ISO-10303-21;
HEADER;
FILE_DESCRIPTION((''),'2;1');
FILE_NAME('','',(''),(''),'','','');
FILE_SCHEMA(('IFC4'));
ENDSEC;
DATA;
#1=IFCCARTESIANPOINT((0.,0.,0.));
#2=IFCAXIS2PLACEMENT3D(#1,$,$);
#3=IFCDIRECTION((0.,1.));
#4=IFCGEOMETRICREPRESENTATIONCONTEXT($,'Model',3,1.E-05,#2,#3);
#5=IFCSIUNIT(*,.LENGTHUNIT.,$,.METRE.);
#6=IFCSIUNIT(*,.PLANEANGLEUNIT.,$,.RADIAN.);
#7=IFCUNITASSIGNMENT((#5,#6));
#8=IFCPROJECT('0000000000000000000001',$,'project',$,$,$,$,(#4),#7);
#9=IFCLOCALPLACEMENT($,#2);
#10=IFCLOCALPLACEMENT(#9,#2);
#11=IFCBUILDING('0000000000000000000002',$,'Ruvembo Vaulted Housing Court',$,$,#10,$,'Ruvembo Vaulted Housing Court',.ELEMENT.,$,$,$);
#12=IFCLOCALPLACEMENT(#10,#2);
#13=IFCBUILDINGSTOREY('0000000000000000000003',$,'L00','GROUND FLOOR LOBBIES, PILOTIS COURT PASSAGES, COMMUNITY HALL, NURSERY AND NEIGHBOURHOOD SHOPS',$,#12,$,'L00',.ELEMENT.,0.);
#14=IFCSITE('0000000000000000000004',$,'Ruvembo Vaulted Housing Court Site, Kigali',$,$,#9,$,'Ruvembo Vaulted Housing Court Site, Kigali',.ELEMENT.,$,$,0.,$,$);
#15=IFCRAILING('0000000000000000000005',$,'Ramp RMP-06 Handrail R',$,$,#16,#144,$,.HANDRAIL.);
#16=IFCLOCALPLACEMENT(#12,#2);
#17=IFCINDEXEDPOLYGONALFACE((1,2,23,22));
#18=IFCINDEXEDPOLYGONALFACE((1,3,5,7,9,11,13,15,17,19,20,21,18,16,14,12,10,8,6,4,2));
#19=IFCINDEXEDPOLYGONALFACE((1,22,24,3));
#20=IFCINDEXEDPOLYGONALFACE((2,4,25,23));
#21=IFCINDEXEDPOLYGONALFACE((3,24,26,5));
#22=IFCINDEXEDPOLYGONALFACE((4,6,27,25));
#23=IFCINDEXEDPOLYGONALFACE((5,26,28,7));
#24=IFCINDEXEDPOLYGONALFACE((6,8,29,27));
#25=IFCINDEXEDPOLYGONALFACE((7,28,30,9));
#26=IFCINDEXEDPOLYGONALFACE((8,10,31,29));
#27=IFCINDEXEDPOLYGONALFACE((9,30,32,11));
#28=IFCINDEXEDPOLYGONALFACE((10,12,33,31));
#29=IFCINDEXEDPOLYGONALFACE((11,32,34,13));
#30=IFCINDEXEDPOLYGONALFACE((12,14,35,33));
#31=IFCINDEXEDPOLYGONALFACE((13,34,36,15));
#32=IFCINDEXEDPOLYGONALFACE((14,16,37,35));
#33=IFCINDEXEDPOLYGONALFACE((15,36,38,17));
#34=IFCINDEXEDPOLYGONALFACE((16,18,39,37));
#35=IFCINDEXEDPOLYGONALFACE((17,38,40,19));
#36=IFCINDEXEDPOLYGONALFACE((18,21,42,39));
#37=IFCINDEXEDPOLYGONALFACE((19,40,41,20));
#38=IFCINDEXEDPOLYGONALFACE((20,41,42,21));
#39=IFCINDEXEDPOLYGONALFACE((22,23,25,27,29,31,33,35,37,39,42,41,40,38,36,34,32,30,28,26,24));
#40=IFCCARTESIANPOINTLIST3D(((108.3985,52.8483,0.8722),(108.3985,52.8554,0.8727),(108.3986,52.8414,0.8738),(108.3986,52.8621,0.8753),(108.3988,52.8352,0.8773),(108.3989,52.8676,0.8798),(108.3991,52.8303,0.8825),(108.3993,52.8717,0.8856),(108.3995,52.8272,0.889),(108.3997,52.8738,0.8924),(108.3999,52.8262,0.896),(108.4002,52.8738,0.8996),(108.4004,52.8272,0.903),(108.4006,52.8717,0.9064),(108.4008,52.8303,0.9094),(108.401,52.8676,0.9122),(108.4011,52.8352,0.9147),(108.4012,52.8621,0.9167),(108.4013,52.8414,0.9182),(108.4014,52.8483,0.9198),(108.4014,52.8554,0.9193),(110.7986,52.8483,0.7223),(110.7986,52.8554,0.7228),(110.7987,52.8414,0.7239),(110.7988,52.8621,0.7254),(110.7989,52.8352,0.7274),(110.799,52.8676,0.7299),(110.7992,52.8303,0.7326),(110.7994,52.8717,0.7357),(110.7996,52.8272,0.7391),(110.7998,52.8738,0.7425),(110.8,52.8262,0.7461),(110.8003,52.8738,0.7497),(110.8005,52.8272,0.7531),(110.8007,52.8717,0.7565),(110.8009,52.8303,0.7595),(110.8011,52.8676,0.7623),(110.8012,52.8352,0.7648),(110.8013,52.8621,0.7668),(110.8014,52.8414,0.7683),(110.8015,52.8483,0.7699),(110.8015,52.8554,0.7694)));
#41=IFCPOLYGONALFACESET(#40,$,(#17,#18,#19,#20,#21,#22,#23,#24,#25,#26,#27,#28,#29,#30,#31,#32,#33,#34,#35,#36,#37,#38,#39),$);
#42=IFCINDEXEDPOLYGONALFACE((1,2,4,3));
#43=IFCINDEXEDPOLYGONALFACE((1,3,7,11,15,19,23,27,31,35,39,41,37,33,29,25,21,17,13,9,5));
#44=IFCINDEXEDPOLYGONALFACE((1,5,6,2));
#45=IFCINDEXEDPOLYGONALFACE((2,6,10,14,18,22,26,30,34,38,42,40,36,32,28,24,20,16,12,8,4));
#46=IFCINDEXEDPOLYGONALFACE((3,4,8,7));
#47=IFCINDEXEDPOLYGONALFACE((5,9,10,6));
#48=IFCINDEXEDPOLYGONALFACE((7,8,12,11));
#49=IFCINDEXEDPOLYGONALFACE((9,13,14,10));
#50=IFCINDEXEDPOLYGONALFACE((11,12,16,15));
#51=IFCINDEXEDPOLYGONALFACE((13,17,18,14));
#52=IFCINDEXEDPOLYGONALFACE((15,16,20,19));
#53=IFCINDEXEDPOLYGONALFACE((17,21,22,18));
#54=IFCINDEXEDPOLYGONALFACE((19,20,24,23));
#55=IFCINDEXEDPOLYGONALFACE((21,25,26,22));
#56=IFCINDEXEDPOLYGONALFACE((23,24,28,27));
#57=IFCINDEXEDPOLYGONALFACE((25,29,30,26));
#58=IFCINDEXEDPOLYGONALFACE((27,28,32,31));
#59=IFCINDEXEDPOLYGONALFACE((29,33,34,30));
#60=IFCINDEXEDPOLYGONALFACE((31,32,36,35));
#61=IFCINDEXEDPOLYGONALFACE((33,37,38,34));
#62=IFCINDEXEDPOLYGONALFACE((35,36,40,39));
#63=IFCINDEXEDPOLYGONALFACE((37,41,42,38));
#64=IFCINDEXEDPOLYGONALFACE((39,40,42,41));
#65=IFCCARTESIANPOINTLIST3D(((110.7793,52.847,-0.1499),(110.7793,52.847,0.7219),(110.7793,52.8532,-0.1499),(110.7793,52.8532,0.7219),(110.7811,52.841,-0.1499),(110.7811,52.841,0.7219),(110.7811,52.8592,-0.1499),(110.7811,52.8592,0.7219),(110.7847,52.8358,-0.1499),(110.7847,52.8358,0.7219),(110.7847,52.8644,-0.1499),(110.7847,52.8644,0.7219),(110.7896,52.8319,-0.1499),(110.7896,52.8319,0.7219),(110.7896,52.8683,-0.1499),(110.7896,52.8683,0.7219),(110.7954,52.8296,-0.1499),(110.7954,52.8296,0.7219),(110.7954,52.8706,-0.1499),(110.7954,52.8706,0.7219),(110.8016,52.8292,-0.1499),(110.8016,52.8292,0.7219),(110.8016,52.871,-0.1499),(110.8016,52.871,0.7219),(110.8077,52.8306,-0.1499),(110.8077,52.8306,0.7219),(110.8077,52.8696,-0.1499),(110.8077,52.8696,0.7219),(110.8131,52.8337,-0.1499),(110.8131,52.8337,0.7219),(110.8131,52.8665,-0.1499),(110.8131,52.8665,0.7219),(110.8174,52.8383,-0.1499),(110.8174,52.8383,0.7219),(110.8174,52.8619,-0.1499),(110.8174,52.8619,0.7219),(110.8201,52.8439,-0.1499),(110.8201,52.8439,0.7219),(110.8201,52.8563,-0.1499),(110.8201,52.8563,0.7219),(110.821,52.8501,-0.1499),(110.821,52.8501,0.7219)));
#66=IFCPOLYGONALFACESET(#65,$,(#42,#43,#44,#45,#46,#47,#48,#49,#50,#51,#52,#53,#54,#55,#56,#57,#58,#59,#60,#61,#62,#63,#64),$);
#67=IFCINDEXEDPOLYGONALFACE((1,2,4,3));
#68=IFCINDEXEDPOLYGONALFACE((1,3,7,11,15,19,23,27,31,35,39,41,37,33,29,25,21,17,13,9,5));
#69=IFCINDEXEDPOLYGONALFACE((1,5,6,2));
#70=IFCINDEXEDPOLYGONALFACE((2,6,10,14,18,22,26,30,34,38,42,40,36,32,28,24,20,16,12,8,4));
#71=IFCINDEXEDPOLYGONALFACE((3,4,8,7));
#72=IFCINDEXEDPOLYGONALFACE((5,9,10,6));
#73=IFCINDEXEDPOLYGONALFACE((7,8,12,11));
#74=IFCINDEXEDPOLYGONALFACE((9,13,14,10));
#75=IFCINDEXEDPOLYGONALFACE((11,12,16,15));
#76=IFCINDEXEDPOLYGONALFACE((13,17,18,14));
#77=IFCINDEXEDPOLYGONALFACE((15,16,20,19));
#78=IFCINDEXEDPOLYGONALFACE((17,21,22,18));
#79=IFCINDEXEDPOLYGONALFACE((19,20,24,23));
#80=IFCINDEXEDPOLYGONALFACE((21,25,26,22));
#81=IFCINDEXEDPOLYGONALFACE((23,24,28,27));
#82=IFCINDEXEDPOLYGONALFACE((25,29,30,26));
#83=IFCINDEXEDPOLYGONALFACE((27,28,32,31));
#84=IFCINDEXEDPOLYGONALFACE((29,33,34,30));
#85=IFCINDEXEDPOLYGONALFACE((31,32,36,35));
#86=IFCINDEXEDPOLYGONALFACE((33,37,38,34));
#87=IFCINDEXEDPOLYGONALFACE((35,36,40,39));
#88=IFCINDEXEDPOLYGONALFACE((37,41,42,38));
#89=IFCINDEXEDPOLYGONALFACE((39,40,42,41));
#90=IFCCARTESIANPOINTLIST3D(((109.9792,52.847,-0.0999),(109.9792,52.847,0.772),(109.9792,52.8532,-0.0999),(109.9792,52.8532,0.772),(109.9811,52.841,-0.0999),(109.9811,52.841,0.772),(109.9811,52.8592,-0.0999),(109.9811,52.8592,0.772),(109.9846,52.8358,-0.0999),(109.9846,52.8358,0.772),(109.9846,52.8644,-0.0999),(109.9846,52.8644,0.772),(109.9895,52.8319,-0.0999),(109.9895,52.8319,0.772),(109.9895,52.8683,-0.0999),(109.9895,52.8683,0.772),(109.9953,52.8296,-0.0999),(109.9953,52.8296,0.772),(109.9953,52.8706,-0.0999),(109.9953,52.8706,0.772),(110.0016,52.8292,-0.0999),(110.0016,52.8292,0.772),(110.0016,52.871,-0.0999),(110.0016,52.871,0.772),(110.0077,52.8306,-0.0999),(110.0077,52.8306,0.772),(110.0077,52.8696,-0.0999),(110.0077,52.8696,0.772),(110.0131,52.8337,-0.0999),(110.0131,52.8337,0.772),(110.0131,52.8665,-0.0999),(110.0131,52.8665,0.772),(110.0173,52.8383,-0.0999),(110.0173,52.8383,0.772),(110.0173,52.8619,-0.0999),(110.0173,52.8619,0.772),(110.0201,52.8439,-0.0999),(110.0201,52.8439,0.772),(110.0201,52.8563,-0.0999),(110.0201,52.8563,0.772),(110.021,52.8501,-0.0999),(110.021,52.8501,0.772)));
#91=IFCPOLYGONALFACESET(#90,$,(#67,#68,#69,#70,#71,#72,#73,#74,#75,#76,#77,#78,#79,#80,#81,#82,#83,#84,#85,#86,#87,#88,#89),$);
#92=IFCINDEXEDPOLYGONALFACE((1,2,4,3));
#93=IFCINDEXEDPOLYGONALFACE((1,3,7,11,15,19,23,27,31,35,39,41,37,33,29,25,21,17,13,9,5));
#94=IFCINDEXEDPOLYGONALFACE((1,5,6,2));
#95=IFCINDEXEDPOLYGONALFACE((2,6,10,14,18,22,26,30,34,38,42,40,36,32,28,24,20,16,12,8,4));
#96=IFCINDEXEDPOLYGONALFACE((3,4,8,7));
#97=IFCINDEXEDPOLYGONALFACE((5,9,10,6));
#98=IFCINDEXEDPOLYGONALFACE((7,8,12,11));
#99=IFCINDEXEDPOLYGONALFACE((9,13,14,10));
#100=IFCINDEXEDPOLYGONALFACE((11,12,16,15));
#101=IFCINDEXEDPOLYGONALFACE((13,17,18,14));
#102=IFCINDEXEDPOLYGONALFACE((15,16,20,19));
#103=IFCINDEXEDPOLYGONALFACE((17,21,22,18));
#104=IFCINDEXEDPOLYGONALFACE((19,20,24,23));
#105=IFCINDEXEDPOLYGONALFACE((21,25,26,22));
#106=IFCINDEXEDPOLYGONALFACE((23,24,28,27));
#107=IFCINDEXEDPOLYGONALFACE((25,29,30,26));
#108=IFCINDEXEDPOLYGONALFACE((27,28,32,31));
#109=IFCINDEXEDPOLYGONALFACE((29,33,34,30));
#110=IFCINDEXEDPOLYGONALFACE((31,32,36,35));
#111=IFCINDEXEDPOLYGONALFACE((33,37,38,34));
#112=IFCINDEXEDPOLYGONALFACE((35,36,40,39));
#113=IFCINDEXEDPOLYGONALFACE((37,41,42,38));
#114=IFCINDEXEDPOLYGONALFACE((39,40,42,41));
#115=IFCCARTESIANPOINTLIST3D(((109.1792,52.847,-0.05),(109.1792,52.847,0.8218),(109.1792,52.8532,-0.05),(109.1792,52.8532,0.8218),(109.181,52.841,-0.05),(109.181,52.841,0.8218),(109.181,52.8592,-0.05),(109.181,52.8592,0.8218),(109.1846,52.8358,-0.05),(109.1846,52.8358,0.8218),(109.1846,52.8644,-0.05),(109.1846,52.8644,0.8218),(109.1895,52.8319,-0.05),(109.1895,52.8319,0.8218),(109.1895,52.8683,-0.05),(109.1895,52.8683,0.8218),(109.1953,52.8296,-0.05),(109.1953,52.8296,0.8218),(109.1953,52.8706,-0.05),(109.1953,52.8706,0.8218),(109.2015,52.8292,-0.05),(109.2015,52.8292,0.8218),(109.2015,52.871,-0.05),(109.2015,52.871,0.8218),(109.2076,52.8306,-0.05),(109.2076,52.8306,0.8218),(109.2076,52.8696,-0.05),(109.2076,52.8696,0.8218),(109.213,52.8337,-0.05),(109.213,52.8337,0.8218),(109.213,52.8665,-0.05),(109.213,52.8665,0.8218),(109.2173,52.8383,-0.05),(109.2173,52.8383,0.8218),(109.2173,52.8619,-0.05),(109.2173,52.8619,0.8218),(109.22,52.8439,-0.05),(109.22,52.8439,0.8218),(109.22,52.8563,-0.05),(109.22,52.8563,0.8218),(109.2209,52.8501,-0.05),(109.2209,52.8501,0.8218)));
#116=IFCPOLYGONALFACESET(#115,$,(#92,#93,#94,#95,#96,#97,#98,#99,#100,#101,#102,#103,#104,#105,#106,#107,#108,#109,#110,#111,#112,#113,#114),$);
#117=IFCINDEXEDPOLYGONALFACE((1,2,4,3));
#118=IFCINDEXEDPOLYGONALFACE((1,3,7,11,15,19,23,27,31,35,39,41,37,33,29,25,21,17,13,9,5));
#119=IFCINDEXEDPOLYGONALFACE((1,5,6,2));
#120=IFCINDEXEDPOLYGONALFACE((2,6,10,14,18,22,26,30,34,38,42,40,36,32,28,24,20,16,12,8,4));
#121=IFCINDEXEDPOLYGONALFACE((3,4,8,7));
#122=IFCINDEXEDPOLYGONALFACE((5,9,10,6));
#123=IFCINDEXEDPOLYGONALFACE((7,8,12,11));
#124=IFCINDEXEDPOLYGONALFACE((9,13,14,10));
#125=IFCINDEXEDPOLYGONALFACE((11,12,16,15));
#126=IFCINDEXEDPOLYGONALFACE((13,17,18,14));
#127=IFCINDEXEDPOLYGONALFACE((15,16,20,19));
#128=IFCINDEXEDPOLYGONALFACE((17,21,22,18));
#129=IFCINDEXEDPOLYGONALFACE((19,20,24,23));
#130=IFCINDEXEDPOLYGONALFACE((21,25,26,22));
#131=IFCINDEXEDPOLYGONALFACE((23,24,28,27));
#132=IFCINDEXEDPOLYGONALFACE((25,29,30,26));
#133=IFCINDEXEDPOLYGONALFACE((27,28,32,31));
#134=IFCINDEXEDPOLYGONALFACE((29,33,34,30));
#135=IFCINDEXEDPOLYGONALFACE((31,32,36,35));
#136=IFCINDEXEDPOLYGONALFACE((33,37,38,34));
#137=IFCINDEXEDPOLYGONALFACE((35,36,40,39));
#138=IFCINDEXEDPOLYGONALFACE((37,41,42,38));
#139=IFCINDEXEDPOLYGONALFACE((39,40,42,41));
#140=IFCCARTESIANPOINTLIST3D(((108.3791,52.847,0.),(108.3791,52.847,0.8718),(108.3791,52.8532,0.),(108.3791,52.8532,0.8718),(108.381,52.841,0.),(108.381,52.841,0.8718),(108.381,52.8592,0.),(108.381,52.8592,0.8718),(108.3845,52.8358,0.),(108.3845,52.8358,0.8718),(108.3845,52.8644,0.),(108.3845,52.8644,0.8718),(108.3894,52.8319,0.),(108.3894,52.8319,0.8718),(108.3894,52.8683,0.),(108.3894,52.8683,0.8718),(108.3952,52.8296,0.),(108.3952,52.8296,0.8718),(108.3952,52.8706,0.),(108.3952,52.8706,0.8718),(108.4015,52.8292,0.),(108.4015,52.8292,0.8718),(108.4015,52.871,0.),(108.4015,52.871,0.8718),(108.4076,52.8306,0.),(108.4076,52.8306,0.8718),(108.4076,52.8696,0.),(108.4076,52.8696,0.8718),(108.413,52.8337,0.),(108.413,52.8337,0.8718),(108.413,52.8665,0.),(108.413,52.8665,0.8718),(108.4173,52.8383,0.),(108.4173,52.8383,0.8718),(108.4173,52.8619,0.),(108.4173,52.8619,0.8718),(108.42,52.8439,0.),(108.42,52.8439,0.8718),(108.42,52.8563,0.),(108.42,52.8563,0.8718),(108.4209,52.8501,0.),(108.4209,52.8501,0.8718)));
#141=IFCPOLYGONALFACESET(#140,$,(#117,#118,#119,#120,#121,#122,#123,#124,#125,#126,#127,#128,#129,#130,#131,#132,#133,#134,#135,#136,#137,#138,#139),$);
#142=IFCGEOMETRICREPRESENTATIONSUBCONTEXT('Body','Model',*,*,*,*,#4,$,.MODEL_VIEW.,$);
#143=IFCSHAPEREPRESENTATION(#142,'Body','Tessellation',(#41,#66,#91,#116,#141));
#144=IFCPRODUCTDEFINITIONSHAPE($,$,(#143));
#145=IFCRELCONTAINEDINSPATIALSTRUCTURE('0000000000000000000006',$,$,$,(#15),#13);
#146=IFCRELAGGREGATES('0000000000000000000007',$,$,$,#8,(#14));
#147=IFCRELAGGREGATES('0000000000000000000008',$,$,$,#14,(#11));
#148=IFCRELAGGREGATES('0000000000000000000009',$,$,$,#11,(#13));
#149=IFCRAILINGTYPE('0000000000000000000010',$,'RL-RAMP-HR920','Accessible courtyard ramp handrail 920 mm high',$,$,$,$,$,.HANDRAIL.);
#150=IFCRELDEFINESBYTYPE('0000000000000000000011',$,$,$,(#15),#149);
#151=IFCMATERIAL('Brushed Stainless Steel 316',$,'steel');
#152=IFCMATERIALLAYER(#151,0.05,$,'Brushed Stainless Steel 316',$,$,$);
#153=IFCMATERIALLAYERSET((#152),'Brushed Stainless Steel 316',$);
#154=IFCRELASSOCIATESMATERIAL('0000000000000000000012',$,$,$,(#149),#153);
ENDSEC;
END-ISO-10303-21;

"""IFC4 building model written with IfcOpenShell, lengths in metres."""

from ifc_helpers import new_model, si_unit, direction, frame, origin, origin_2d, place, context, subcontext, project, spatial, circle, extrude, material, layer, layer_set, type_object, element, save


model = new_model("IFC4")

# Units and contexts
model_context = context("Model", 3, precision=1e-05, world=origin(), true_north=direction((0.0, 1.0)))
body_context = subcontext(model_context, "Body", "Model", "MODEL_VIEW")
ifc_project = project(units=[si_unit("LENGTHUNIT", "METRE"), si_unit("PLANEANGLEUNIT", "RADIAN")], contexts=[model_context])

# Site, building, storey
site_placement = place(None, origin())
site = spatial("IfcSite", under=ifc_project, at=site_placement, Name="Ruvembo Vaulted Housing Court Site, Kigali", LongName="Ruvembo Vaulted Housing Court Site, Kigali", CompositionType="ELEMENT", RefElevation=0.0)
building_placement = place(site_placement, origin())
building = spatial("IfcBuilding", under=site, at=building_placement, Name="Ruvembo Vaulted Housing Court", LongName="Ruvembo Vaulted Housing Court", CompositionType="ELEMENT")
storey_placement = place(building_placement, origin())
storey = spatial("IfcBuildingStorey", under=building, at=storey_placement, Name="L00", Description="GROUND FLOOR LOBBIES, PILOTIS COURT PASSAGES, COMMUNITY HALL, NURSERY AND NEIGHBOURHOOD SHOPS", LongName="L00", CompositionType="ELEMENT", Elevation=0.0)

# Railing
ifc_material_1 = material(Name="Brushed Stainless Steel 316", Category="steel")
ifc_layer_1 = layer(ifc_material_1, 0.05, Name="Brushed Stainless Steel 316")
ifc_layer_set_1 = layer_set([ifc_layer_1], Name="Brushed Stainless Steel 316")
railing_type = type_object("IfcRailingType", Name="RL-RAMP-HR920", Description="Accessible courtyard ramp handrail 920 mm high", PredefinedType="HANDRAIL", material=ifc_layer_set_1)
for number, where, name in (
    (1, (110.8, 52.8501, -0.1499), "Ramp RMP-06 Handrail R"),
):
    element("IfcRailing", number, at=place(storey_placement, frame(where)), inside=storey, type_object=railing_type, Name=name, PredefinedType="HANDRAIL", context=body_context, shape_type="SweptSolid", body=[
        extrude(circle(Radius=0.0239, at=origin_2d()), frame((0.0, 0.0, 0.896), z_axis=(-0.998055, 0.0, 0.062334), x_axis=(0.0, -1.0, 0.0)), (0.0, 0.0, 1.0), 2.4048),
        extrude(circle(Radius=0.021, at=origin_2d()), origin(), (0.0, 0.0, 1.0), 0.8718),
        extrude(circle(Radius=0.021, at=origin_2d()), frame((-0.8, 0.0, 0.05)), (0.0, 0.0, 1.0), 0.8718),
        extrude(circle(Radius=0.021, at=origin_2d()), frame((-1.6001, 0.0, 0.0999)), (0.0, 0.0, 1.0), 0.8718),
        extrude(circle(Radius=0.021, at=origin_2d()), frame((-2.4001, 0.0, 0.1499)), (0.0, 0.0, 1.0), 0.8718),
    ])

save(model, "model.ifc")
